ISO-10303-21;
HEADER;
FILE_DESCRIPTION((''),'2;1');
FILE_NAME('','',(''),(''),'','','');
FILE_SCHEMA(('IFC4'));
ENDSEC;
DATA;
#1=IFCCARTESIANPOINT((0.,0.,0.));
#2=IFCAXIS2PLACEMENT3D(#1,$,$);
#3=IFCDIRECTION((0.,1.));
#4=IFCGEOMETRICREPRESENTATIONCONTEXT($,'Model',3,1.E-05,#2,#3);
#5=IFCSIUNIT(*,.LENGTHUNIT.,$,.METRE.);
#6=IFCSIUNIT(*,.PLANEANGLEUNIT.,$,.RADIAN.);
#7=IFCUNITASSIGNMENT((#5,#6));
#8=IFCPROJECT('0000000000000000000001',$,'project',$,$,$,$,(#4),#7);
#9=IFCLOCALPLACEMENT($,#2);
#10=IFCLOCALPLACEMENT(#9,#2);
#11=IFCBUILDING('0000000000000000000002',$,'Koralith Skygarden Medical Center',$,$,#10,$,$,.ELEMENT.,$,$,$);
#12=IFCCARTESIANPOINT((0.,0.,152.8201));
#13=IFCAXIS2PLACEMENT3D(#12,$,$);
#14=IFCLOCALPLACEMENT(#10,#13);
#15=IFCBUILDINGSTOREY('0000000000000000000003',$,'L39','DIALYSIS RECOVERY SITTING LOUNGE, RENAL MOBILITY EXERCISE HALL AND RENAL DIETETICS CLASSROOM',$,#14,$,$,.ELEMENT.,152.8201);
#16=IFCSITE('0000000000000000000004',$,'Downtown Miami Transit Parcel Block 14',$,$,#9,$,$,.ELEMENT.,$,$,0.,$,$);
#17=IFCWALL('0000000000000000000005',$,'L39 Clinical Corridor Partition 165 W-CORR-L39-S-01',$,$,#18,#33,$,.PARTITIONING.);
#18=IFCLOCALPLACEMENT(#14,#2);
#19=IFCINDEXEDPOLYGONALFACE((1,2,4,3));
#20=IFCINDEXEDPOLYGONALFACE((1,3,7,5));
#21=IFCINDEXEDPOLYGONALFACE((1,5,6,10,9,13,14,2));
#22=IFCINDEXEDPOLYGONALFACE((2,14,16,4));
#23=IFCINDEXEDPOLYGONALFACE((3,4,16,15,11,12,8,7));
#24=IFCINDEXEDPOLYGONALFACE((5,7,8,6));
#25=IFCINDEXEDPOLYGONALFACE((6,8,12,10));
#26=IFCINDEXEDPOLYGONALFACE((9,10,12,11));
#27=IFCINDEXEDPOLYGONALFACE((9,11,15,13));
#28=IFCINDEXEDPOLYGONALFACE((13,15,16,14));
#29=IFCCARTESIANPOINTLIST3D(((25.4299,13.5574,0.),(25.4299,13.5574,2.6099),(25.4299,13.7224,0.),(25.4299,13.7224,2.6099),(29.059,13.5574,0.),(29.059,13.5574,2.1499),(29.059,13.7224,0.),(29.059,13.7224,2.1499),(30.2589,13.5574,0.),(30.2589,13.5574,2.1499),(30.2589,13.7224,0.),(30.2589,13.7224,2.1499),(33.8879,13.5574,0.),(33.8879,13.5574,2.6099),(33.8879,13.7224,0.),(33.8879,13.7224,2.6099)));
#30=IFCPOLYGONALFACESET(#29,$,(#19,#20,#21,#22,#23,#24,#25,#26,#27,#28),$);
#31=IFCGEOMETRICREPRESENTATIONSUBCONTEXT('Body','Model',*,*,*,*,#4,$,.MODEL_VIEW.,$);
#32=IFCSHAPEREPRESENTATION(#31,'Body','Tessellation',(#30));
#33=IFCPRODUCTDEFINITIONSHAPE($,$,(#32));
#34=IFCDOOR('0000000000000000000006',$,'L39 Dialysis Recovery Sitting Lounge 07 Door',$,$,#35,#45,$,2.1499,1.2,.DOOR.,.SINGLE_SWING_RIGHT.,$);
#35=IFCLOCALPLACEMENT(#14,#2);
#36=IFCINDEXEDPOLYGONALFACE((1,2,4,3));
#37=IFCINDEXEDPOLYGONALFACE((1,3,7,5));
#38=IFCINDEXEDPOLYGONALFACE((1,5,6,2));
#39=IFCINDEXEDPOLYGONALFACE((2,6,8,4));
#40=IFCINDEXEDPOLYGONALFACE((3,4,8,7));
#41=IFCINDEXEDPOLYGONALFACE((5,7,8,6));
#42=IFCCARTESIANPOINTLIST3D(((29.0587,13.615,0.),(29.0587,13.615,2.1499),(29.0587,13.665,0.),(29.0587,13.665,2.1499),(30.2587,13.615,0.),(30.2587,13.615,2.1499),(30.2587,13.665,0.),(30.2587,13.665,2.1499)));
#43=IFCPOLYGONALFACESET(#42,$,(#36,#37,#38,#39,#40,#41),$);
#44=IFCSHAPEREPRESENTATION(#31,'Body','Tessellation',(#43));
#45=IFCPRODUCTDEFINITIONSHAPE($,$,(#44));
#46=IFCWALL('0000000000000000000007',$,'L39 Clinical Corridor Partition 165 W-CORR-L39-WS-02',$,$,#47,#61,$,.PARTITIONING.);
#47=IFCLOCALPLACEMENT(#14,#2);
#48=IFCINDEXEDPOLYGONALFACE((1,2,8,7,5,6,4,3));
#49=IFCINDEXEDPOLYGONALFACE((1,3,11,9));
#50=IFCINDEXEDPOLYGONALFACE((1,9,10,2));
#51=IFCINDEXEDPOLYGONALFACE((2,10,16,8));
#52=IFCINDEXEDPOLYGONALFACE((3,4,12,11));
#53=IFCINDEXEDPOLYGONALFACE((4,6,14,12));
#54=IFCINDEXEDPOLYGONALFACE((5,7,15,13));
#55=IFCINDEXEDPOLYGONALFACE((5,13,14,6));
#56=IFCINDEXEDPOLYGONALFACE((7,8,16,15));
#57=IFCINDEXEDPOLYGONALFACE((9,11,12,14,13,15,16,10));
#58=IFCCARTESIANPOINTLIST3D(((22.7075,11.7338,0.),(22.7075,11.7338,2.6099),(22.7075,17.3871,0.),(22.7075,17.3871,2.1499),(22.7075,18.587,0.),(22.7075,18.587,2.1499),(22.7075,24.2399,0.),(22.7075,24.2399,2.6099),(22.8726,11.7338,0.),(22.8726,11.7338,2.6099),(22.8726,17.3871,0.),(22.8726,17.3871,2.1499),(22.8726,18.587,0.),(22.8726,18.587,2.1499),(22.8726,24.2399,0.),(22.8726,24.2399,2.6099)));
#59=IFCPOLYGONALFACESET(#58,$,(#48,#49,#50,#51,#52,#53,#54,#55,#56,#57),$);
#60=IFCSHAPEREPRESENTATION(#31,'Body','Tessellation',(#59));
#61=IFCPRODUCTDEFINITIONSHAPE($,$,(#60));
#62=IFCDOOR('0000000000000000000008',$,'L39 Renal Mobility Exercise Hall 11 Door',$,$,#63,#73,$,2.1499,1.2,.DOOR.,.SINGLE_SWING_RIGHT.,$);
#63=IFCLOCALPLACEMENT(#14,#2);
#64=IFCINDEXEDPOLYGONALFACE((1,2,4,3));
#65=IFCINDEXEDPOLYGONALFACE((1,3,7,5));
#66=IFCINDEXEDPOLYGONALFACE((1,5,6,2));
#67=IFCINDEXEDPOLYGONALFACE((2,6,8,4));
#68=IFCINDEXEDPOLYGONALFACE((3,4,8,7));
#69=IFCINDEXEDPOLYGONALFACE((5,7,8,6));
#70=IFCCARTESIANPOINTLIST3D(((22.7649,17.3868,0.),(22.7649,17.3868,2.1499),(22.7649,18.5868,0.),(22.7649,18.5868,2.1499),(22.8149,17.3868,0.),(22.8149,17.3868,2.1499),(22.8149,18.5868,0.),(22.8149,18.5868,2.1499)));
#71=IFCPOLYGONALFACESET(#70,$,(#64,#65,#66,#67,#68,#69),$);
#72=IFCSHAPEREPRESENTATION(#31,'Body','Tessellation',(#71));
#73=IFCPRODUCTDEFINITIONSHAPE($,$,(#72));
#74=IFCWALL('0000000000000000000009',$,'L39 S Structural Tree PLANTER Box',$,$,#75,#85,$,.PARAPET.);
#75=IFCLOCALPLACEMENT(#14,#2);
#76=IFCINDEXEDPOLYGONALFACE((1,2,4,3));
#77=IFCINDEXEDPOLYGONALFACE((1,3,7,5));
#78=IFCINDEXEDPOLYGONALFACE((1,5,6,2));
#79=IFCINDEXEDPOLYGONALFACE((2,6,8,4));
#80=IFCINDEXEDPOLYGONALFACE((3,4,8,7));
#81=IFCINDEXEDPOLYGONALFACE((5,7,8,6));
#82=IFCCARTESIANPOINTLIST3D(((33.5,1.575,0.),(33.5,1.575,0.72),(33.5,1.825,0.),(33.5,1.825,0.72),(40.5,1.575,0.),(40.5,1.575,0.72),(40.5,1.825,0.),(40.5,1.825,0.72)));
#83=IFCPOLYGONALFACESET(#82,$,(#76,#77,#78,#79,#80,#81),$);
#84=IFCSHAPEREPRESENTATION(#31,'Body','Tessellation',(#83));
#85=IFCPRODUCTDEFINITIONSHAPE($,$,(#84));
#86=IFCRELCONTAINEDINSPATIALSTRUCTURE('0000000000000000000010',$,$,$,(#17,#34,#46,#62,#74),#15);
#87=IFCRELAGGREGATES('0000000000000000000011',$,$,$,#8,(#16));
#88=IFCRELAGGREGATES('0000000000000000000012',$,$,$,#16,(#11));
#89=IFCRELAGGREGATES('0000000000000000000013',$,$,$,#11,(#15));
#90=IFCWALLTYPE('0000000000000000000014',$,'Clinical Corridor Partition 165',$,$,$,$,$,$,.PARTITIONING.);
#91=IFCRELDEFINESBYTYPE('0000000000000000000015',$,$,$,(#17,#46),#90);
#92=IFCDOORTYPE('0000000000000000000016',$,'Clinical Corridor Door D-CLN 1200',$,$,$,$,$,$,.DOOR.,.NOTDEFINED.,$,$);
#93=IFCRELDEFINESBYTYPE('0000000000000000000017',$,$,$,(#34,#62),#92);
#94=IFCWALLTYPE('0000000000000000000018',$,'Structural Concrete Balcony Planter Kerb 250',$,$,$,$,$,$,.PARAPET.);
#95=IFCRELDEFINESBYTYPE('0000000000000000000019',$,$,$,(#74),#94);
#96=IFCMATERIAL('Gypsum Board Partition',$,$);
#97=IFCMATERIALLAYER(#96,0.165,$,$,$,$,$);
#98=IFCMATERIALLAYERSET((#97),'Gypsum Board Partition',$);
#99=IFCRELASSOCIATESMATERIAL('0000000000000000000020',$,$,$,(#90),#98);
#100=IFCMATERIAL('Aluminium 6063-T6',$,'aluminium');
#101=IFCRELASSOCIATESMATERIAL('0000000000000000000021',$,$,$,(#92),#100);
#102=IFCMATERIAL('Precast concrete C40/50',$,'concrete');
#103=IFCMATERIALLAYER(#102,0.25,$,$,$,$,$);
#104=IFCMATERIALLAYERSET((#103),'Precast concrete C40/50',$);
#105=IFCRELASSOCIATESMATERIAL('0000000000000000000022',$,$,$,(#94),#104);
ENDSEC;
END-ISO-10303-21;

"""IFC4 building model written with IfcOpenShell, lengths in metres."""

from ifc_helpers import new_model, si_unit, direction, frame, frame_2d, origin, place, context, subcontext, project, spatial, rectangle, extrude, material, layer, layer_set, type_object, element, fill, save


model = new_model("IFC4")

# Units and contexts
model_context = context("Model", 3, precision=1e-05, world=origin(), true_north=direction((0.0, 1.0)))
body_context = subcontext(model_context, "Body", "Model", "MODEL_VIEW")
ifc_project = project(units=[si_unit("LENGTHUNIT", "METRE"), si_unit("PLANEANGLEUNIT", "RADIAN")], contexts=[model_context])

# Site, building, storey
site_placement = place(None, origin())
site = spatial("IfcSite", under=ifc_project, at=site_placement, Name="Downtown Miami Transit Parcel Block 14", CompositionType="ELEMENT", RefElevation=0.0)
building_placement = place(site_placement, origin())
building = spatial("IfcBuilding", under=site, at=building_placement, Name="Koralith Skygarden Medical Center", CompositionType="ELEMENT")
storey_placement = place(building_placement, frame((0.0, 0.0, 152.8201)))
storey = spatial("IfcBuildingStorey", under=building, at=storey_placement, Name="L39", Description="DIALYSIS RECOVERY SITTING LOUNGE, RENAL MOBILITY EXERCISE HALL AND RENAL DIETETICS CLASSROOM", CompositionType="ELEMENT", Elevation=152.8201)

# Shared definitions
ifc_material_1 = material(Name="Aluminium 6063-T6", Category="aluminium")

# Shared definitions
ifc_material_2 = material(Name="Gypsum Board Partition")
ifc_layer_1 = layer(ifc_material_2, 0.165)
ifc_layer_set_1 = layer_set([ifc_layer_1], Name="Gypsum Board Partition")
wall_type_1 = type_object("IfcWallType", Name="Clinical Corridor Partition 165", PredefinedType="PARTITIONING", material=ifc_layer_set_1)

# Walls, openings, doors
wall_1_placement = place(storey_placement, frame((25.4299, 13.6399, 0.0), z_axis=(0.0, 0.0, 1.0), x_axis=(1.0, 0.0, 0.0)))
wall_1 = element("IfcWall", 1, at=wall_1_placement, inside=storey, type_object=wall_type_1, Name="L39 Clinical Corridor Partition 165 W-CORR-L39-S-01", PredefinedType="PARTITIONING", context=body_context, shape_type="SweptSolid", body=[
    extrude(rectangle(XDim=8.458, YDim=0.165, at=frame_2d((4.229, 0.0))), origin(), (0.0, 0.0, 1.0), 2.6099),
])
opening_1_placement = place(wall_1_placement, frame((3.6289, 0.0, 0.0)))
opening_1 = element("IfcOpeningElement", 2, at=opening_1_placement, cuts=wall_1, PredefinedType="OPENING", context=body_context, shape_type="SweptSolid", body=[
    extrude(rectangle(XDim=1.2, YDim=2.1499, at=frame_2d((0.6001, 1.075))), frame((0.0, 0.0925, 0.0), z_axis=(0.0, -1.0, 0.0), x_axis=(1.0, 0.0, 0.0)), (0.0, 0.0, 1.0), 0.1851),
])
door_type = type_object("IfcDoorType", Name="Clinical Corridor Door D-CLN 1200", OperationType="NOTDEFINED", PredefinedType="DOOR", material=ifc_material_1)
door_1_placement = place(opening_1_placement, frame((1.2, 0.0, 0.0), z_axis=(0.0, 0.0, 1.0), x_axis=(-1.0, 0.0, 0.0)))
door_1 = element("IfcDoor", 3, at=door_1_placement, inside=storey, type_object=door_type, Name="L39 Dialysis Recovery Sitting Lounge 07 Door", OperationType="SINGLE_SWING_RIGHT", OverallHeight=2.1499, OverallWidth=1.2, PredefinedType="DOOR", context=body_context, shape_type="SweptSolid", body=[
    extrude(rectangle(XDim=1.2, YDim=2.1499, at=frame_2d((0.6001, 1.075))), frame((0.0, 0.0249, 0.0), z_axis=(0.0, -1.0, 0.0), x_axis=(1.0, 0.0, 0.0)), (0.0, 0.0, 1.0), 0.05),
])
fill(opening_1, door_1)
wall_2_placement = place(storey_placement, frame((22.79, 11.7339, 0.0), z_axis=(0.0, 0.0, 1.0), x_axis=(0.0, 1.0, 0.0)))
wall_2 = element("IfcWall", 4, at=wall_2_placement, inside=storey, type_object=wall_type_1, Name="L39 Clinical Corridor Partition 165 W-CORR-L39-WS-02", PredefinedType="PARTITIONING", context=body_context, shape_type="SweptSolid", body=[
    extrude(rectangle(XDim=12.5061, YDim=0.165, at=frame_2d((6.2529, 0.0))), origin(), (0.0, 0.0, 1.0), 2.6099),
])
opening_2_placement = place(wall_2_placement, frame((5.6531, 0.0, 0.0)))
opening_2 = element("IfcOpeningElement", 5, at=opening_2_placement, cuts=wall_2, PredefinedType="OPENING", context=body_context, shape_type="SweptSolid", body=[
    extrude(rectangle(XDim=1.2, YDim=2.1499, at=frame_2d((0.6001, 1.075))), frame((0.0, 0.0925, 0.0), z_axis=(0.0, -1.0, 0.0), x_axis=(1.0, 0.0, 0.0)), (0.0, 0.0, 1.0), 0.1851),
])
door_2_placement = place(opening_2_placement, frame((1.2, 0.0, 0.0), z_axis=(0.0, 0.0, 1.0), x_axis=(-1.0, 0.0, 0.0)))
door_2 = element("IfcDoor", 6, at=door_2_placement, inside=storey, type_object=door_type, Name="L39 Renal Mobility Exercise Hall 11 Door", OperationType="SINGLE_SWING_RIGHT", OverallHeight=2.1499, OverallWidth=1.2, PredefinedType="DOOR", context=body_context, shape_type="SweptSolid", body=[
    extrude(rectangle(XDim=1.2, YDim=2.1499, at=frame_2d((0.6001, 1.075))), frame((0.0, 0.0249, 0.0), z_axis=(0.0, -1.0, 0.0), x_axis=(1.0, 0.0, 0.0)), (0.0, 0.0, 1.0), 0.05),
])
fill(opening_2, door_2)

# Wall
ifc_material_3 = material(Name="Precast concrete C40/50", Category="concrete")
ifc_layer_2 = layer(ifc_material_3, 0.25)
ifc_layer_set_2 = layer_set([ifc_layer_2], Name="Precast concrete C40/50")
wall_type_2 = type_object("IfcWallType", Name="Structural Concrete Balcony Planter Kerb 250", PredefinedType="PARAPET", material=ifc_layer_set_2)
wall_3_placement = place(storey_placement, frame((33.5, 1.7, 0.0), z_axis=(0.0, 0.0, 1.0), x_axis=(1.0, 0.0, 0.0)))
element("IfcWall", 7, at=wall_3_placement, inside=storey, type_object=wall_type_2, Name="L39 S Structural Tree PLANTER Box", PredefinedType="PARAPET", context=body_context, shape_type="SweptSolid", body=[
    extrude(rectangle(XDim=7.0, YDim=0.25, at=frame_2d((3.5, 0.0))), origin(), (0.0, 0.0, 1.0), 0.72),
])

save(model, "model.ifc")
